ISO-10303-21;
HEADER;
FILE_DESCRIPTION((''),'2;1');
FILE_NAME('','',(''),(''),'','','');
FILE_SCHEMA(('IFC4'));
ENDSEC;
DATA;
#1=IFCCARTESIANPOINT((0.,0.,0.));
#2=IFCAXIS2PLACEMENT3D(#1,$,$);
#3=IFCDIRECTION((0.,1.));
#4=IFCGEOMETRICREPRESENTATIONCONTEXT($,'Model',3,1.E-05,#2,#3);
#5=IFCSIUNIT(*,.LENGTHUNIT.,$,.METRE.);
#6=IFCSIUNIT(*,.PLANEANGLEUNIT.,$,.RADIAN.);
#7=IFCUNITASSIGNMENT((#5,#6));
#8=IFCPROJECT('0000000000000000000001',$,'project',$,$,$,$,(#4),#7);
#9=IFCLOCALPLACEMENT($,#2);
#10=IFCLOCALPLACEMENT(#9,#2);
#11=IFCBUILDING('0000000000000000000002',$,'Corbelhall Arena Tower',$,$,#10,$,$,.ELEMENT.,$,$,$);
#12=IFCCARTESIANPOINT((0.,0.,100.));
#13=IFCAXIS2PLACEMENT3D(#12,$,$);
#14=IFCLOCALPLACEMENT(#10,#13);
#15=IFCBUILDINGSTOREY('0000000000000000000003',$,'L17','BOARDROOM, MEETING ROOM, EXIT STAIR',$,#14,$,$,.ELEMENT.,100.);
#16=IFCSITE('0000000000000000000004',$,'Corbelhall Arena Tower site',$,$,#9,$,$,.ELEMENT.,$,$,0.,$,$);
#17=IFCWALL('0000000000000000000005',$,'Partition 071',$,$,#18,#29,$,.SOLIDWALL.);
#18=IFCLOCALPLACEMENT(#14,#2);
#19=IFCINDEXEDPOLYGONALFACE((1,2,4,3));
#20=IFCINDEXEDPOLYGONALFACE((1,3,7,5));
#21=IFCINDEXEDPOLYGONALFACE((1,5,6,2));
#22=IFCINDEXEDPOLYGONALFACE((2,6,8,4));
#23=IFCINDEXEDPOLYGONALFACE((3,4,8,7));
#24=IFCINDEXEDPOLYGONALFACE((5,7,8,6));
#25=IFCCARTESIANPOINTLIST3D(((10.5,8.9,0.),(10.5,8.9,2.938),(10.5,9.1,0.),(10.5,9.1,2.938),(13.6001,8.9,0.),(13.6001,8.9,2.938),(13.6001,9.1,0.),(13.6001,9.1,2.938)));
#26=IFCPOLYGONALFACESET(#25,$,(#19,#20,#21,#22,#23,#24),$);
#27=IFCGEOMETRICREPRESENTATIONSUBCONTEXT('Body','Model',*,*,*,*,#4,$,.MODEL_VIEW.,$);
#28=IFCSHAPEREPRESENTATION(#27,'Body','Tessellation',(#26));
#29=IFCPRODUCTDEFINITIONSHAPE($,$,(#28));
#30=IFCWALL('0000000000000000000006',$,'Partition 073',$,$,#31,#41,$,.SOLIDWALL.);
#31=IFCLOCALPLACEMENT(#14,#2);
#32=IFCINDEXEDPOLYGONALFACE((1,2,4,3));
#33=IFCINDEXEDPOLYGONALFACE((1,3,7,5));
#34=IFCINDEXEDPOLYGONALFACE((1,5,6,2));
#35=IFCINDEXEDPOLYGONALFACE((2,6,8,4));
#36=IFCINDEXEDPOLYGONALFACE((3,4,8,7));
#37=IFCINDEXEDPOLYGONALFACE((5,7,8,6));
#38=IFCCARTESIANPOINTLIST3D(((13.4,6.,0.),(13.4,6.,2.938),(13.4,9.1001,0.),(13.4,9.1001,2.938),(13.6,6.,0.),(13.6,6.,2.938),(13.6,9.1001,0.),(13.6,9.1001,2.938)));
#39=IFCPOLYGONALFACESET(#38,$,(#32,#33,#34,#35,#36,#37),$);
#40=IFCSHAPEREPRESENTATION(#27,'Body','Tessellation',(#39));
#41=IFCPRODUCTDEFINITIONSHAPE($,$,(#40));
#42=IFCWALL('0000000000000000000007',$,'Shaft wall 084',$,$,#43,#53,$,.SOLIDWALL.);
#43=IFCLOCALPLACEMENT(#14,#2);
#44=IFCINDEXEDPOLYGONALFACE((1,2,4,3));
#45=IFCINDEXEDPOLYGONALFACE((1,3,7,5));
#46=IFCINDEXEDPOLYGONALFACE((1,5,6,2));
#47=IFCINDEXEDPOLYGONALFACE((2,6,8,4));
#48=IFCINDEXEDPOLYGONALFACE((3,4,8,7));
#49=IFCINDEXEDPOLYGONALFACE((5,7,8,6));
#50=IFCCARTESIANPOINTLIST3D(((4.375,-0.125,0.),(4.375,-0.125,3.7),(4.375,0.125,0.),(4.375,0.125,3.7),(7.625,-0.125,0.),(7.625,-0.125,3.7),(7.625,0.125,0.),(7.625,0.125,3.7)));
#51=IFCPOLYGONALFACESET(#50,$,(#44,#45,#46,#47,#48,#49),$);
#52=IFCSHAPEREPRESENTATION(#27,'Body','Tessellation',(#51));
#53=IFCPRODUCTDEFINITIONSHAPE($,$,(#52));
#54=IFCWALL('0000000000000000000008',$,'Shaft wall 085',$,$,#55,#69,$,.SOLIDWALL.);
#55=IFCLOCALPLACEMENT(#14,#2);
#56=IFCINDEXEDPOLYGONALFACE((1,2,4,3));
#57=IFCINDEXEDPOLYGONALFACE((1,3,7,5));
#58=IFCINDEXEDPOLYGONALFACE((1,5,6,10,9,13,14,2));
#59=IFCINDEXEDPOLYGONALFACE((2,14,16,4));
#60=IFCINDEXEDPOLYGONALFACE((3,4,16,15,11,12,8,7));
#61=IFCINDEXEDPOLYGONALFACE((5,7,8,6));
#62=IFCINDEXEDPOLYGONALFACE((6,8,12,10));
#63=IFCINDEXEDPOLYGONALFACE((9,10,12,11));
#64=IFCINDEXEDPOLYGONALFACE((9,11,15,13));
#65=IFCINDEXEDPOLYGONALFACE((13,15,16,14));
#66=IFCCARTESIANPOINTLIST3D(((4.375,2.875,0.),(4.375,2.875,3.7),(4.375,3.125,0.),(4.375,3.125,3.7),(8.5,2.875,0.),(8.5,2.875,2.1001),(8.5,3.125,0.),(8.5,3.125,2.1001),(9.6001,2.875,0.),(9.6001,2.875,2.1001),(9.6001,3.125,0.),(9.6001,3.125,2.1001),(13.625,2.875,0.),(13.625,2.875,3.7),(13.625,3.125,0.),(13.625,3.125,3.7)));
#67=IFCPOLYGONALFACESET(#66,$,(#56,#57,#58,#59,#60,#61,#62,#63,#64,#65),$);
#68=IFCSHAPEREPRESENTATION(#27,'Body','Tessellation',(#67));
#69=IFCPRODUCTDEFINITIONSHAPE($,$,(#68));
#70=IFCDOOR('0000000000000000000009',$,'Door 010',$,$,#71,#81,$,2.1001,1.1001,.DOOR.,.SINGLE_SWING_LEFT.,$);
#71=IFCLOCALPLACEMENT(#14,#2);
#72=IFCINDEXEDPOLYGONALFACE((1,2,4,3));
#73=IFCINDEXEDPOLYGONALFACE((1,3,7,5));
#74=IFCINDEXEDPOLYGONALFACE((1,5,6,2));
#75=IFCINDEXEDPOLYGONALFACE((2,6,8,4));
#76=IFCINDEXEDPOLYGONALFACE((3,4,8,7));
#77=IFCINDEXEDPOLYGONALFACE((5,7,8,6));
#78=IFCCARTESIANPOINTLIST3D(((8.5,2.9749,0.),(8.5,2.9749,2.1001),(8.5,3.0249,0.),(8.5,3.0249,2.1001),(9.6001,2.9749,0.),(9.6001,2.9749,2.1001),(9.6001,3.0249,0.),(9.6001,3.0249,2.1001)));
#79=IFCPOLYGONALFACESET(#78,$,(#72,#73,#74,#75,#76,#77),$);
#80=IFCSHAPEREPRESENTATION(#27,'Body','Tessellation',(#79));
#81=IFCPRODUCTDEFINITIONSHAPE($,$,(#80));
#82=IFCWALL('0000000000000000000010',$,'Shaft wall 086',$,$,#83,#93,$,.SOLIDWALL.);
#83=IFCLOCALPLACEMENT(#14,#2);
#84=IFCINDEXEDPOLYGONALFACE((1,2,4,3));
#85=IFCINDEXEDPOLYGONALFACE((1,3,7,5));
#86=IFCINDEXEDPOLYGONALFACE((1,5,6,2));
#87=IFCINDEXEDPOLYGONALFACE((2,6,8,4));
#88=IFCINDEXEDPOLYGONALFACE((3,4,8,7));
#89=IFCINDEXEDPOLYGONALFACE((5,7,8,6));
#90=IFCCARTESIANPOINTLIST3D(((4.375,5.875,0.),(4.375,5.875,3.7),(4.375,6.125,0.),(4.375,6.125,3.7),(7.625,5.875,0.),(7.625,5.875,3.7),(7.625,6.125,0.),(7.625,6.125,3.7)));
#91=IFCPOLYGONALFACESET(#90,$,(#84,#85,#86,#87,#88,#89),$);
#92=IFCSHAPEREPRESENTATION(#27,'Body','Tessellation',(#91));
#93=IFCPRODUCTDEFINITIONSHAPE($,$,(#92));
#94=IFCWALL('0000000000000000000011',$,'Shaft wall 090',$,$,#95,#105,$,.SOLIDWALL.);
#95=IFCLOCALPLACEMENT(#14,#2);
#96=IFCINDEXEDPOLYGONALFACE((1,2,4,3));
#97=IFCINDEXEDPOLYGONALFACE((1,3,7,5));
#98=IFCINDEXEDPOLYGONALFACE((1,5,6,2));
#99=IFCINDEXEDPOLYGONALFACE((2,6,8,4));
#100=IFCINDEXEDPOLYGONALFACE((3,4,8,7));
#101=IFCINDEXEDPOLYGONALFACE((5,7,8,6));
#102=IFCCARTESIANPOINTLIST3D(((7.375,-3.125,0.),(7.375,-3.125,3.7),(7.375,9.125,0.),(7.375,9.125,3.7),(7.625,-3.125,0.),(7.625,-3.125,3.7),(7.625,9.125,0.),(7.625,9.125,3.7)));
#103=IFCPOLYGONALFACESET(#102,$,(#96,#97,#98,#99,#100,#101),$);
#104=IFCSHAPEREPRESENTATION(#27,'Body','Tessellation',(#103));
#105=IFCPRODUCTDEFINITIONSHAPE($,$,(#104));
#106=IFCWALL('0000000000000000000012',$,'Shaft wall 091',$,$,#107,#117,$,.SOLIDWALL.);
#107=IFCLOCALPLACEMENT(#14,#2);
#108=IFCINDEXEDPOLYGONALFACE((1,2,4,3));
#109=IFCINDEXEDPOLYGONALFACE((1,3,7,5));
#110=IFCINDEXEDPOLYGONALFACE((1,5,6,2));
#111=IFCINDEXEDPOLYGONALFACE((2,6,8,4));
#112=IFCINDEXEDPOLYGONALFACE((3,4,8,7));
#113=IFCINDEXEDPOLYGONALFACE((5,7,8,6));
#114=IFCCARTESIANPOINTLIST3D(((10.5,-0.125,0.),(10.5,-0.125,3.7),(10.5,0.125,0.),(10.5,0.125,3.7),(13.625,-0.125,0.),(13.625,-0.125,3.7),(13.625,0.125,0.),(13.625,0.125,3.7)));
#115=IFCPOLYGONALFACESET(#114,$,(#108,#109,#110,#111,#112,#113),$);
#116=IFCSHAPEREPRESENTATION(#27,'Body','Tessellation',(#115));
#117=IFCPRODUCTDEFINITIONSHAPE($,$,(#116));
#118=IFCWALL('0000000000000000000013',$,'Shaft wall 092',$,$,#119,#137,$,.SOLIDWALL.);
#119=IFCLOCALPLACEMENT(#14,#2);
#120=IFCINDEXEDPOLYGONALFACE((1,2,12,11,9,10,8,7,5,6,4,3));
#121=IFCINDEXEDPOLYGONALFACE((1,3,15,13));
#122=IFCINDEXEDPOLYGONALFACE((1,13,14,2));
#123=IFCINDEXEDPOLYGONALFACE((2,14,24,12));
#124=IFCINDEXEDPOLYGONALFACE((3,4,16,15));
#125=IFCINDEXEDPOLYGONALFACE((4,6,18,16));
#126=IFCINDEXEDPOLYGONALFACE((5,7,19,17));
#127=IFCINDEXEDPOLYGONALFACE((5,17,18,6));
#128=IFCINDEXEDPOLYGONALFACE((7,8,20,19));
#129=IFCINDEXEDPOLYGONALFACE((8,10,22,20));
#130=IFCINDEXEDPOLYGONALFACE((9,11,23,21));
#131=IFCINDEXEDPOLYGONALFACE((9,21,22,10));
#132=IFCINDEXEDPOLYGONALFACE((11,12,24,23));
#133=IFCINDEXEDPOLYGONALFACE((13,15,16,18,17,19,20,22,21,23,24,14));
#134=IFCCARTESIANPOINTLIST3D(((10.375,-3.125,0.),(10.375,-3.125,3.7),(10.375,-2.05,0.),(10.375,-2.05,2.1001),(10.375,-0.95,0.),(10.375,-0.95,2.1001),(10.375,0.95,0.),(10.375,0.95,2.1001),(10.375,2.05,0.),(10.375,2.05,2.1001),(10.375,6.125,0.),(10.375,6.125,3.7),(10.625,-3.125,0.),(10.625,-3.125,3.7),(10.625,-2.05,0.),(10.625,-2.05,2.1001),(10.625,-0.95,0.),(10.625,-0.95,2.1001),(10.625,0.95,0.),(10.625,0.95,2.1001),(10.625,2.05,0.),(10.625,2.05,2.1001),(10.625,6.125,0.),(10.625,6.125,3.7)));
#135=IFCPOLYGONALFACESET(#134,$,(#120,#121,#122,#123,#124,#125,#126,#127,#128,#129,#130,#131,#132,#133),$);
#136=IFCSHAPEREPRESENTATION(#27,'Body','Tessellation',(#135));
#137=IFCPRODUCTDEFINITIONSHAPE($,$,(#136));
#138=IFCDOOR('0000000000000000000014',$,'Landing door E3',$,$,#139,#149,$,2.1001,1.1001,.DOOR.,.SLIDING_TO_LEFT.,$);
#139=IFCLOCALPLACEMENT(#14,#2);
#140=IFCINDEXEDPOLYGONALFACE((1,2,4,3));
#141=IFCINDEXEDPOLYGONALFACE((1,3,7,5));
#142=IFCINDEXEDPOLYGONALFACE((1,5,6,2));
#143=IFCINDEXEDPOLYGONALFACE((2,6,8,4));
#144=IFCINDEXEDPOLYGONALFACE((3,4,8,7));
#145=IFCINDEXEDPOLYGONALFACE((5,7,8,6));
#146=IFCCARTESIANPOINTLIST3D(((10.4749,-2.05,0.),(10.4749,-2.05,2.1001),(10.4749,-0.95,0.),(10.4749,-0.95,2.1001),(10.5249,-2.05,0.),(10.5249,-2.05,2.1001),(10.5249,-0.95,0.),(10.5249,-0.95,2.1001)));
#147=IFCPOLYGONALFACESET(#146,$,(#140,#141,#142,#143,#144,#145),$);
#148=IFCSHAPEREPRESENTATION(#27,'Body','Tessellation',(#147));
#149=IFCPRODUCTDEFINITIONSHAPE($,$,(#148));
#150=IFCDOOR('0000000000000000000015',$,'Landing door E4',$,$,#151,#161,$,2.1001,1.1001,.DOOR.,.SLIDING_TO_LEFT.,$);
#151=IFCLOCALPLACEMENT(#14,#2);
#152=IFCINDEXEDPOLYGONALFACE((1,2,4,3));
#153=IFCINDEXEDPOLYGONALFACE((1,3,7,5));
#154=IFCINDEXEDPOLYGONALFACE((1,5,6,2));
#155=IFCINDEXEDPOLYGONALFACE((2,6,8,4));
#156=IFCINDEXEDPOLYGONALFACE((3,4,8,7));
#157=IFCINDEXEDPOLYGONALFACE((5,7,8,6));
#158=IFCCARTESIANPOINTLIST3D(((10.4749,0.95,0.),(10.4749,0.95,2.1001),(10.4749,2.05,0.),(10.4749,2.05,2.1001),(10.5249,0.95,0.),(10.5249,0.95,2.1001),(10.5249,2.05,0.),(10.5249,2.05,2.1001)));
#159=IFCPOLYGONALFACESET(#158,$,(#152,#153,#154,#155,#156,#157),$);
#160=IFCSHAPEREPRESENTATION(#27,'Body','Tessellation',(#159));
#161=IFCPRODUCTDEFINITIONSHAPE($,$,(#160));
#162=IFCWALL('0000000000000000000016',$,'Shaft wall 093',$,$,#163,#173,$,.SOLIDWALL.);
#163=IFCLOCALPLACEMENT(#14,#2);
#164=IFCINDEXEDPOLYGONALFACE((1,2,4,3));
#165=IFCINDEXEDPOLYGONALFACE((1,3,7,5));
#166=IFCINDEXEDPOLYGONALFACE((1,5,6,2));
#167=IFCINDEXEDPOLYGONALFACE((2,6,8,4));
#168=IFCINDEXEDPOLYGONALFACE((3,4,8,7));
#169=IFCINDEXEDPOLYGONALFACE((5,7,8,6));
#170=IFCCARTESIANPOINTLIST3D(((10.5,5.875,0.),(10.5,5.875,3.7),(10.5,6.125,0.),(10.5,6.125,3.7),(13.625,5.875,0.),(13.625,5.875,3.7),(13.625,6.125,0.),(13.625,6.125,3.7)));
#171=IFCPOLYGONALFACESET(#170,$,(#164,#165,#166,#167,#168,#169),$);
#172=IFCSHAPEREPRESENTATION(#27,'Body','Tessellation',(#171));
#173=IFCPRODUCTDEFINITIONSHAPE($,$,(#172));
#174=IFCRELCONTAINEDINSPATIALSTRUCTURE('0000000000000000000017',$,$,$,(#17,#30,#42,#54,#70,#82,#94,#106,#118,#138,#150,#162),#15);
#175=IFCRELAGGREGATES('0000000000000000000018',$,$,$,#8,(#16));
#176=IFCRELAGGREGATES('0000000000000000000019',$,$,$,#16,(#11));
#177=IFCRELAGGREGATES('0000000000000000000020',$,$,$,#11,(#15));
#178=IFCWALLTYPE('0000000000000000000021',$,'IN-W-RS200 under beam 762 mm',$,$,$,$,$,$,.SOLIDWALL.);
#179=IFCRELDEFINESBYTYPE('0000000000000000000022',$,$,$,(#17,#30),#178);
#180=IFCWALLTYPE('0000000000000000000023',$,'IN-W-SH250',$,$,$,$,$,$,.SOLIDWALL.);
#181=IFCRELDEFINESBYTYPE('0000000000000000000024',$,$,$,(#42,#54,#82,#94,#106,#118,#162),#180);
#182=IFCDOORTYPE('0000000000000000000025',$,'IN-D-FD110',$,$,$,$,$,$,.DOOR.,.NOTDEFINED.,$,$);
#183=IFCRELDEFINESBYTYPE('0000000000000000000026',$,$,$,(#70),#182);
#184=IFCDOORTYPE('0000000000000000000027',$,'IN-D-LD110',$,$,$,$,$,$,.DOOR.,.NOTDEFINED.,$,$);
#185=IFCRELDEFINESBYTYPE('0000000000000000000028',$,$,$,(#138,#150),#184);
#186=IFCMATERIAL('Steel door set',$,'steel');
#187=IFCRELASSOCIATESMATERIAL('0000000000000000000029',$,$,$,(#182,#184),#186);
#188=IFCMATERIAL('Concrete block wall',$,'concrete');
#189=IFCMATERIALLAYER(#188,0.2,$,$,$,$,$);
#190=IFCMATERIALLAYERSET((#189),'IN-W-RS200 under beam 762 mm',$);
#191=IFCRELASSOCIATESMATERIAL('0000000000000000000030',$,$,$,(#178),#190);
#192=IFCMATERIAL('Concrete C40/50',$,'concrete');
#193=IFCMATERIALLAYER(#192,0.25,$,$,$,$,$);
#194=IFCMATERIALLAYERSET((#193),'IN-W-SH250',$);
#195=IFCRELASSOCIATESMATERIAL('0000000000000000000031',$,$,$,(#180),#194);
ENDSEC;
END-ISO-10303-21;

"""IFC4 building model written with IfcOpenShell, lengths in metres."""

from ifc_helpers import new_model, si_unit, direction, frame, frame_2d, origin, place, context, subcontext, project, spatial, rectangle, extrude, material, layer, layer_set, type_object, element, fill, save


model = new_model("IFC4")

# Units and contexts
model_context = context("Model", 3, precision=1e-05, world=origin(), true_north=direction((0.0, 1.0)))
body_context = subcontext(model_context, "Body", "Model", "MODEL_VIEW")
ifc_project = project(units=[si_unit("LENGTHUNIT", "METRE"), si_unit("PLANEANGLEUNIT", "RADIAN")], contexts=[model_context])

# Site, building, storey
site_placement = place(None, origin())
site = spatial("IfcSite", under=ifc_project, at=site_placement, Name="Corbelhall Arena Tower site", CompositionType="ELEMENT", RefElevation=0.0)
building_placement = place(site_placement, origin())
building = spatial("IfcBuilding", under=site, at=building_placement, Name="Corbelhall Arena Tower", CompositionType="ELEMENT")
storey_placement = place(building_placement, frame((0.0, 0.0, 100.0)))
storey = spatial("IfcBuildingStorey", under=building, at=storey_placement, Name="L17", Description="BOARDROOM, MEETING ROOM, EXIT STAIR", CompositionType="ELEMENT", Elevation=100.0)

# Shared definitions
ifc_material_1 = material(Name="Concrete C40/50", Category="concrete")

# Shared definitions
ifc_material_2 = material(Name="Concrete block wall", Category="concrete")
ifc_material_3 = material(Name="Steel door set", Category="steel")
door_type_1 = type_object("IfcDoorType", Name="IN-D-FD110", OperationType="NOTDEFINED", PredefinedType="DOOR", material=ifc_material_3)

# Walls
ifc_layer_1 = layer(ifc_material_2, 0.2)
ifc_layer_set_1 = layer_set([ifc_layer_1], Name="IN-W-RS200 under beam 762 mm")
wall_type_1 = type_object("IfcWallType", Name="IN-W-RS200 under beam 762 mm", PredefinedType="SOLIDWALL", material=ifc_layer_set_1)
for number, where, z_axis, x_axis, name in (
    (1, (10.5, 9.0, 0.0), (0.0, 0.0, 1.0), (1.0, 0.0, 0.0), "Partition 071"),
    (2, (13.5, 9.1001, 0.0), (0.0, 0.0, 1.0), (0.0, -1.0, 0.0), "Partition 073"),
):
    element("IfcWall", number, at=place(storey_placement, frame(where, z_axis=z_axis, x_axis=x_axis)), inside=storey, type_object=wall_type_1, Name=name, PredefinedType="SOLIDWALL", context=body_context, shape_type="SweptSolid", body=[
        extrude(rectangle(XDim=3.1001, YDim=0.2, at=frame_2d((1.55, 0.0))), origin(), (0.0, 0.0, 1.0), 2.938),
    ])
ifc_layer_2 = layer(ifc_material_1, 0.25)
ifc_layer_set_2 = layer_set([ifc_layer_2], Name="IN-W-SH250")
wall_type_2 = type_object("IfcWallType", Name="IN-W-SH250", PredefinedType="SOLIDWALL", material=ifc_layer_set_2)
wall_1_placement = place(storey_placement, frame((4.375, 0.0, 0.0), z_axis=(0.0, 0.0, 1.0), x_axis=(1.0, 0.0, 0.0)))
element("IfcWall", 3, at=wall_1_placement, inside=storey, type_object=wall_type_2, Name="Shaft wall 084", PredefinedType="SOLIDWALL", context=body_context, shape_type="SweptSolid", body=[
    extrude(rectangle(XDim=3.25, YDim=0.25, at=frame_2d((1.625, 0.0))), origin(), (0.0, 0.0, 1.0), 3.7),
])

# Wall, opening, door
wall_2_placement = place(storey_placement, frame((4.375, 3.0, 0.0), z_axis=(0.0, 0.0, 1.0), x_axis=(1.0, 0.0, 0.0)))
wall_2 = element("IfcWall", 4, at=wall_2_placement, inside=storey, type_object=wall_type_2, Name="Shaft wall 085", PredefinedType="SOLIDWALL", context=body_context, shape_type="SweptSolid", body=[
    extrude(rectangle(XDim=9.25, YDim=0.25, at=frame_2d((4.625, 0.0))), origin(), (0.0, 0.0, 1.0), 3.7),
])
opening_1_placement = place(wall_2_placement, frame((4.125, 0.0, 0.0)))
opening_1 = element("IfcOpeningElement", 5, at=opening_1_placement, cuts=wall_2, PredefinedType="OPENING", context=body_context, shape_type="SweptSolid", body=[
    extrude(rectangle(XDim=1.1001, YDim=2.1001, at=frame_2d((0.55, 1.05))), frame((0.0, 0.125, 0.0), z_axis=(0.0, -1.0, 0.0), x_axis=(1.0, 0.0, 0.0)), (0.0, 0.0, 1.0), 0.25),
])
door_1_placement = place(opening_1_placement, origin())
door_1 = element("IfcDoor", 6, at=door_1_placement, inside=storey, type_object=door_type_1, Name="Door 010", OperationType="SINGLE_SWING_LEFT", OverallHeight=2.1001, OverallWidth=1.1001, PredefinedType="DOOR", context=body_context, shape_type="SweptSolid", body=[
    extrude(rectangle(XDim=1.1001, YDim=2.1001, at=frame_2d((0.55, 1.05))), frame((0.0, 0.0249, 0.0), z_axis=(0.0, -1.0, 0.0), x_axis=(1.0, 0.0, 0.0)), (0.0, 0.0, 1.0), 0.05),
])
fill(opening_1, door_1)

# Walls
wall_3_placement = place(storey_placement, frame((4.375, 6.0, 0.0), z_axis=(0.0, 0.0, 1.0), x_axis=(1.0, 0.0, 0.0)))
element("IfcWall", 7, at=wall_3_placement, inside=storey, type_object=wall_type_2, Name="Shaft wall 086", PredefinedType="SOLIDWALL", context=body_context, shape_type="SweptSolid", body=[
    extrude(rectangle(XDim=3.25, YDim=0.25, at=frame_2d((1.625, 0.0))), origin(), (0.0, 0.0, 1.0), 3.7),
])
wall_4_placement = place(storey_placement, frame((7.5, 9.125, 0.0), z_axis=(0.0, 0.0, 1.0), x_axis=(0.0, -1.0, 0.0)))
element("IfcWall", 8, at=wall_4_placement, inside=storey, type_object=wall_type_2, Name="Shaft wall 090", PredefinedType="SOLIDWALL", context=body_context, shape_type="SweptSolid", body=[
    extrude(rectangle(XDim=12.25, YDim=0.25, at=frame_2d((6.125, 0.0))), origin(), (0.0, 0.0, 1.0), 3.7),
])
wall_5_placement = place(storey_placement, frame((10.5, 0.0, 0.0), z_axis=(0.0, 0.0, 1.0), x_axis=(1.0, 0.0, 0.0)))
element("IfcWall", 9, at=wall_5_placement, inside=storey, type_object=wall_type_2, Name="Shaft wall 091", PredefinedType="SOLIDWALL", context=body_context, shape_type="SweptSolid", body=[
    extrude(rectangle(XDim=3.125, YDim=0.25, at=frame_2d((1.5625, 0.0))), origin(), (0.0, 0.0, 1.0), 3.7),
])

# Wall, openings, doors
wall_6_placement = place(storey_placement, frame((10.5, 6.125, 0.0), z_axis=(0.0, 0.0, 1.0), x_axis=(0.0, -1.0, 0.0)))
wall_6 = element("IfcWall", 10, at=wall_6_placement, inside=storey, type_object=wall_type_2, Name="Shaft wall 092", PredefinedType="SOLIDWALL", context=body_context, shape_type="SweptSolid", body=[
    extrude(rectangle(XDim=9.25, YDim=0.25, at=frame_2d((4.625, 0.0))), origin(), (0.0, 0.0, 1.0), 3.7),
])
opening_2_placement = place(wall_6_placement, frame((7.075, 0.0, 0.0)))
opening_2 = element("IfcOpeningElement", 11, at=opening_2_placement, cuts=wall_6, PredefinedType="OPENING", context=body_context, shape_type="SweptSolid", body=[
    extrude(rectangle(XDim=1.1001, YDim=2.1001, at=frame_2d((0.55, 1.05))), frame((0.0, 0.125, 0.0), z_axis=(0.0, -1.0, 0.0), x_axis=(1.0, 0.0, 0.0)), (0.0, 0.0, 1.0), 0.25),
])
opening_3_placement = place(wall_6_placement, frame((4.075, 0.0, 0.0)))
opening_3 = element("IfcOpeningElement", 12, at=opening_3_placement, cuts=wall_6, PredefinedType="OPENING", context=body_context, shape_type="SweptSolid", body=[
    extrude(rectangle(XDim=1.1001, YDim=2.1001, at=frame_2d((0.55, 1.05))), frame((0.0, 0.125, 0.0), z_axis=(0.0, -1.0, 0.0), x_axis=(1.0, 0.0, 0.0)), (0.0, 0.0, 1.0), 0.25),
])
door_type_2 = type_object("IfcDoorType", Name="IN-D-LD110", OperationType="NOTDEFINED", PredefinedType="DOOR", material=ifc_material_3)
door_2_placement = place(opening_2_placement, origin())
door_2 = element("IfcDoor", 13, at=door_2_placement, inside=storey, type_object=door_type_2, Name="Landing door E3", OperationType="SLIDING_TO_LEFT", OverallHeight=2.1001, OverallWidth=1.1001, PredefinedType="DOOR", context=body_context, shape_type="SweptSolid", body=[
    extrude(rectangle(XDim=1.1001, YDim=2.1001, at=frame_2d((0.55, 1.05))), frame((0.0, 0.0249, 0.0), z_axis=(0.0, -1.0, 0.0), x_axis=(1.0, 0.0, 0.0)), (0.0, 0.0, 1.0), 0.05),
])
fill(opening_2, door_2)
door_3_placement = place(opening_3_placement, origin())
door_3 = element("IfcDoor", 14, at=door_3_placement, inside=storey, type_object=door_type_2, Name="Landing door E4", OperationType="SLIDING_TO_LEFT", OverallHeight=2.1001, OverallWidth=1.1001, PredefinedType="DOOR", context=body_context, shape_type="SweptSolid", body=[
    extrude(rectangle(XDim=1.1001, YDim=2.1001, at=frame_2d((0.55, 1.05))), frame((0.0, 0.0249, 0.0), z_axis=(0.0, -1.0, 0.0), x_axis=(1.0, 0.0, 0.0)), (0.0, 0.0, 1.0), 0.05),
])
fill(opening_3, door_3)

# Wall
wall_7_placement = place(storey_placement, frame((10.5, 6.0, 0.0), z_axis=(0.0, 0.0, 1.0), x_axis=(1.0, 0.0, 0.0)))
element("IfcWall", 15, at=wall_7_placement, inside=storey, type_object=wall_type_2, Name="Shaft wall 093", PredefinedType="SOLIDWALL", context=body_context, shape_type="SweptSolid", body=[
    extrude(rectangle(XDim=3.125, YDim=0.25, at=frame_2d((1.5625, 0.0))), origin(), (0.0, 0.0, 1.0), 3.7),
])

save(model, "model.ifc")
